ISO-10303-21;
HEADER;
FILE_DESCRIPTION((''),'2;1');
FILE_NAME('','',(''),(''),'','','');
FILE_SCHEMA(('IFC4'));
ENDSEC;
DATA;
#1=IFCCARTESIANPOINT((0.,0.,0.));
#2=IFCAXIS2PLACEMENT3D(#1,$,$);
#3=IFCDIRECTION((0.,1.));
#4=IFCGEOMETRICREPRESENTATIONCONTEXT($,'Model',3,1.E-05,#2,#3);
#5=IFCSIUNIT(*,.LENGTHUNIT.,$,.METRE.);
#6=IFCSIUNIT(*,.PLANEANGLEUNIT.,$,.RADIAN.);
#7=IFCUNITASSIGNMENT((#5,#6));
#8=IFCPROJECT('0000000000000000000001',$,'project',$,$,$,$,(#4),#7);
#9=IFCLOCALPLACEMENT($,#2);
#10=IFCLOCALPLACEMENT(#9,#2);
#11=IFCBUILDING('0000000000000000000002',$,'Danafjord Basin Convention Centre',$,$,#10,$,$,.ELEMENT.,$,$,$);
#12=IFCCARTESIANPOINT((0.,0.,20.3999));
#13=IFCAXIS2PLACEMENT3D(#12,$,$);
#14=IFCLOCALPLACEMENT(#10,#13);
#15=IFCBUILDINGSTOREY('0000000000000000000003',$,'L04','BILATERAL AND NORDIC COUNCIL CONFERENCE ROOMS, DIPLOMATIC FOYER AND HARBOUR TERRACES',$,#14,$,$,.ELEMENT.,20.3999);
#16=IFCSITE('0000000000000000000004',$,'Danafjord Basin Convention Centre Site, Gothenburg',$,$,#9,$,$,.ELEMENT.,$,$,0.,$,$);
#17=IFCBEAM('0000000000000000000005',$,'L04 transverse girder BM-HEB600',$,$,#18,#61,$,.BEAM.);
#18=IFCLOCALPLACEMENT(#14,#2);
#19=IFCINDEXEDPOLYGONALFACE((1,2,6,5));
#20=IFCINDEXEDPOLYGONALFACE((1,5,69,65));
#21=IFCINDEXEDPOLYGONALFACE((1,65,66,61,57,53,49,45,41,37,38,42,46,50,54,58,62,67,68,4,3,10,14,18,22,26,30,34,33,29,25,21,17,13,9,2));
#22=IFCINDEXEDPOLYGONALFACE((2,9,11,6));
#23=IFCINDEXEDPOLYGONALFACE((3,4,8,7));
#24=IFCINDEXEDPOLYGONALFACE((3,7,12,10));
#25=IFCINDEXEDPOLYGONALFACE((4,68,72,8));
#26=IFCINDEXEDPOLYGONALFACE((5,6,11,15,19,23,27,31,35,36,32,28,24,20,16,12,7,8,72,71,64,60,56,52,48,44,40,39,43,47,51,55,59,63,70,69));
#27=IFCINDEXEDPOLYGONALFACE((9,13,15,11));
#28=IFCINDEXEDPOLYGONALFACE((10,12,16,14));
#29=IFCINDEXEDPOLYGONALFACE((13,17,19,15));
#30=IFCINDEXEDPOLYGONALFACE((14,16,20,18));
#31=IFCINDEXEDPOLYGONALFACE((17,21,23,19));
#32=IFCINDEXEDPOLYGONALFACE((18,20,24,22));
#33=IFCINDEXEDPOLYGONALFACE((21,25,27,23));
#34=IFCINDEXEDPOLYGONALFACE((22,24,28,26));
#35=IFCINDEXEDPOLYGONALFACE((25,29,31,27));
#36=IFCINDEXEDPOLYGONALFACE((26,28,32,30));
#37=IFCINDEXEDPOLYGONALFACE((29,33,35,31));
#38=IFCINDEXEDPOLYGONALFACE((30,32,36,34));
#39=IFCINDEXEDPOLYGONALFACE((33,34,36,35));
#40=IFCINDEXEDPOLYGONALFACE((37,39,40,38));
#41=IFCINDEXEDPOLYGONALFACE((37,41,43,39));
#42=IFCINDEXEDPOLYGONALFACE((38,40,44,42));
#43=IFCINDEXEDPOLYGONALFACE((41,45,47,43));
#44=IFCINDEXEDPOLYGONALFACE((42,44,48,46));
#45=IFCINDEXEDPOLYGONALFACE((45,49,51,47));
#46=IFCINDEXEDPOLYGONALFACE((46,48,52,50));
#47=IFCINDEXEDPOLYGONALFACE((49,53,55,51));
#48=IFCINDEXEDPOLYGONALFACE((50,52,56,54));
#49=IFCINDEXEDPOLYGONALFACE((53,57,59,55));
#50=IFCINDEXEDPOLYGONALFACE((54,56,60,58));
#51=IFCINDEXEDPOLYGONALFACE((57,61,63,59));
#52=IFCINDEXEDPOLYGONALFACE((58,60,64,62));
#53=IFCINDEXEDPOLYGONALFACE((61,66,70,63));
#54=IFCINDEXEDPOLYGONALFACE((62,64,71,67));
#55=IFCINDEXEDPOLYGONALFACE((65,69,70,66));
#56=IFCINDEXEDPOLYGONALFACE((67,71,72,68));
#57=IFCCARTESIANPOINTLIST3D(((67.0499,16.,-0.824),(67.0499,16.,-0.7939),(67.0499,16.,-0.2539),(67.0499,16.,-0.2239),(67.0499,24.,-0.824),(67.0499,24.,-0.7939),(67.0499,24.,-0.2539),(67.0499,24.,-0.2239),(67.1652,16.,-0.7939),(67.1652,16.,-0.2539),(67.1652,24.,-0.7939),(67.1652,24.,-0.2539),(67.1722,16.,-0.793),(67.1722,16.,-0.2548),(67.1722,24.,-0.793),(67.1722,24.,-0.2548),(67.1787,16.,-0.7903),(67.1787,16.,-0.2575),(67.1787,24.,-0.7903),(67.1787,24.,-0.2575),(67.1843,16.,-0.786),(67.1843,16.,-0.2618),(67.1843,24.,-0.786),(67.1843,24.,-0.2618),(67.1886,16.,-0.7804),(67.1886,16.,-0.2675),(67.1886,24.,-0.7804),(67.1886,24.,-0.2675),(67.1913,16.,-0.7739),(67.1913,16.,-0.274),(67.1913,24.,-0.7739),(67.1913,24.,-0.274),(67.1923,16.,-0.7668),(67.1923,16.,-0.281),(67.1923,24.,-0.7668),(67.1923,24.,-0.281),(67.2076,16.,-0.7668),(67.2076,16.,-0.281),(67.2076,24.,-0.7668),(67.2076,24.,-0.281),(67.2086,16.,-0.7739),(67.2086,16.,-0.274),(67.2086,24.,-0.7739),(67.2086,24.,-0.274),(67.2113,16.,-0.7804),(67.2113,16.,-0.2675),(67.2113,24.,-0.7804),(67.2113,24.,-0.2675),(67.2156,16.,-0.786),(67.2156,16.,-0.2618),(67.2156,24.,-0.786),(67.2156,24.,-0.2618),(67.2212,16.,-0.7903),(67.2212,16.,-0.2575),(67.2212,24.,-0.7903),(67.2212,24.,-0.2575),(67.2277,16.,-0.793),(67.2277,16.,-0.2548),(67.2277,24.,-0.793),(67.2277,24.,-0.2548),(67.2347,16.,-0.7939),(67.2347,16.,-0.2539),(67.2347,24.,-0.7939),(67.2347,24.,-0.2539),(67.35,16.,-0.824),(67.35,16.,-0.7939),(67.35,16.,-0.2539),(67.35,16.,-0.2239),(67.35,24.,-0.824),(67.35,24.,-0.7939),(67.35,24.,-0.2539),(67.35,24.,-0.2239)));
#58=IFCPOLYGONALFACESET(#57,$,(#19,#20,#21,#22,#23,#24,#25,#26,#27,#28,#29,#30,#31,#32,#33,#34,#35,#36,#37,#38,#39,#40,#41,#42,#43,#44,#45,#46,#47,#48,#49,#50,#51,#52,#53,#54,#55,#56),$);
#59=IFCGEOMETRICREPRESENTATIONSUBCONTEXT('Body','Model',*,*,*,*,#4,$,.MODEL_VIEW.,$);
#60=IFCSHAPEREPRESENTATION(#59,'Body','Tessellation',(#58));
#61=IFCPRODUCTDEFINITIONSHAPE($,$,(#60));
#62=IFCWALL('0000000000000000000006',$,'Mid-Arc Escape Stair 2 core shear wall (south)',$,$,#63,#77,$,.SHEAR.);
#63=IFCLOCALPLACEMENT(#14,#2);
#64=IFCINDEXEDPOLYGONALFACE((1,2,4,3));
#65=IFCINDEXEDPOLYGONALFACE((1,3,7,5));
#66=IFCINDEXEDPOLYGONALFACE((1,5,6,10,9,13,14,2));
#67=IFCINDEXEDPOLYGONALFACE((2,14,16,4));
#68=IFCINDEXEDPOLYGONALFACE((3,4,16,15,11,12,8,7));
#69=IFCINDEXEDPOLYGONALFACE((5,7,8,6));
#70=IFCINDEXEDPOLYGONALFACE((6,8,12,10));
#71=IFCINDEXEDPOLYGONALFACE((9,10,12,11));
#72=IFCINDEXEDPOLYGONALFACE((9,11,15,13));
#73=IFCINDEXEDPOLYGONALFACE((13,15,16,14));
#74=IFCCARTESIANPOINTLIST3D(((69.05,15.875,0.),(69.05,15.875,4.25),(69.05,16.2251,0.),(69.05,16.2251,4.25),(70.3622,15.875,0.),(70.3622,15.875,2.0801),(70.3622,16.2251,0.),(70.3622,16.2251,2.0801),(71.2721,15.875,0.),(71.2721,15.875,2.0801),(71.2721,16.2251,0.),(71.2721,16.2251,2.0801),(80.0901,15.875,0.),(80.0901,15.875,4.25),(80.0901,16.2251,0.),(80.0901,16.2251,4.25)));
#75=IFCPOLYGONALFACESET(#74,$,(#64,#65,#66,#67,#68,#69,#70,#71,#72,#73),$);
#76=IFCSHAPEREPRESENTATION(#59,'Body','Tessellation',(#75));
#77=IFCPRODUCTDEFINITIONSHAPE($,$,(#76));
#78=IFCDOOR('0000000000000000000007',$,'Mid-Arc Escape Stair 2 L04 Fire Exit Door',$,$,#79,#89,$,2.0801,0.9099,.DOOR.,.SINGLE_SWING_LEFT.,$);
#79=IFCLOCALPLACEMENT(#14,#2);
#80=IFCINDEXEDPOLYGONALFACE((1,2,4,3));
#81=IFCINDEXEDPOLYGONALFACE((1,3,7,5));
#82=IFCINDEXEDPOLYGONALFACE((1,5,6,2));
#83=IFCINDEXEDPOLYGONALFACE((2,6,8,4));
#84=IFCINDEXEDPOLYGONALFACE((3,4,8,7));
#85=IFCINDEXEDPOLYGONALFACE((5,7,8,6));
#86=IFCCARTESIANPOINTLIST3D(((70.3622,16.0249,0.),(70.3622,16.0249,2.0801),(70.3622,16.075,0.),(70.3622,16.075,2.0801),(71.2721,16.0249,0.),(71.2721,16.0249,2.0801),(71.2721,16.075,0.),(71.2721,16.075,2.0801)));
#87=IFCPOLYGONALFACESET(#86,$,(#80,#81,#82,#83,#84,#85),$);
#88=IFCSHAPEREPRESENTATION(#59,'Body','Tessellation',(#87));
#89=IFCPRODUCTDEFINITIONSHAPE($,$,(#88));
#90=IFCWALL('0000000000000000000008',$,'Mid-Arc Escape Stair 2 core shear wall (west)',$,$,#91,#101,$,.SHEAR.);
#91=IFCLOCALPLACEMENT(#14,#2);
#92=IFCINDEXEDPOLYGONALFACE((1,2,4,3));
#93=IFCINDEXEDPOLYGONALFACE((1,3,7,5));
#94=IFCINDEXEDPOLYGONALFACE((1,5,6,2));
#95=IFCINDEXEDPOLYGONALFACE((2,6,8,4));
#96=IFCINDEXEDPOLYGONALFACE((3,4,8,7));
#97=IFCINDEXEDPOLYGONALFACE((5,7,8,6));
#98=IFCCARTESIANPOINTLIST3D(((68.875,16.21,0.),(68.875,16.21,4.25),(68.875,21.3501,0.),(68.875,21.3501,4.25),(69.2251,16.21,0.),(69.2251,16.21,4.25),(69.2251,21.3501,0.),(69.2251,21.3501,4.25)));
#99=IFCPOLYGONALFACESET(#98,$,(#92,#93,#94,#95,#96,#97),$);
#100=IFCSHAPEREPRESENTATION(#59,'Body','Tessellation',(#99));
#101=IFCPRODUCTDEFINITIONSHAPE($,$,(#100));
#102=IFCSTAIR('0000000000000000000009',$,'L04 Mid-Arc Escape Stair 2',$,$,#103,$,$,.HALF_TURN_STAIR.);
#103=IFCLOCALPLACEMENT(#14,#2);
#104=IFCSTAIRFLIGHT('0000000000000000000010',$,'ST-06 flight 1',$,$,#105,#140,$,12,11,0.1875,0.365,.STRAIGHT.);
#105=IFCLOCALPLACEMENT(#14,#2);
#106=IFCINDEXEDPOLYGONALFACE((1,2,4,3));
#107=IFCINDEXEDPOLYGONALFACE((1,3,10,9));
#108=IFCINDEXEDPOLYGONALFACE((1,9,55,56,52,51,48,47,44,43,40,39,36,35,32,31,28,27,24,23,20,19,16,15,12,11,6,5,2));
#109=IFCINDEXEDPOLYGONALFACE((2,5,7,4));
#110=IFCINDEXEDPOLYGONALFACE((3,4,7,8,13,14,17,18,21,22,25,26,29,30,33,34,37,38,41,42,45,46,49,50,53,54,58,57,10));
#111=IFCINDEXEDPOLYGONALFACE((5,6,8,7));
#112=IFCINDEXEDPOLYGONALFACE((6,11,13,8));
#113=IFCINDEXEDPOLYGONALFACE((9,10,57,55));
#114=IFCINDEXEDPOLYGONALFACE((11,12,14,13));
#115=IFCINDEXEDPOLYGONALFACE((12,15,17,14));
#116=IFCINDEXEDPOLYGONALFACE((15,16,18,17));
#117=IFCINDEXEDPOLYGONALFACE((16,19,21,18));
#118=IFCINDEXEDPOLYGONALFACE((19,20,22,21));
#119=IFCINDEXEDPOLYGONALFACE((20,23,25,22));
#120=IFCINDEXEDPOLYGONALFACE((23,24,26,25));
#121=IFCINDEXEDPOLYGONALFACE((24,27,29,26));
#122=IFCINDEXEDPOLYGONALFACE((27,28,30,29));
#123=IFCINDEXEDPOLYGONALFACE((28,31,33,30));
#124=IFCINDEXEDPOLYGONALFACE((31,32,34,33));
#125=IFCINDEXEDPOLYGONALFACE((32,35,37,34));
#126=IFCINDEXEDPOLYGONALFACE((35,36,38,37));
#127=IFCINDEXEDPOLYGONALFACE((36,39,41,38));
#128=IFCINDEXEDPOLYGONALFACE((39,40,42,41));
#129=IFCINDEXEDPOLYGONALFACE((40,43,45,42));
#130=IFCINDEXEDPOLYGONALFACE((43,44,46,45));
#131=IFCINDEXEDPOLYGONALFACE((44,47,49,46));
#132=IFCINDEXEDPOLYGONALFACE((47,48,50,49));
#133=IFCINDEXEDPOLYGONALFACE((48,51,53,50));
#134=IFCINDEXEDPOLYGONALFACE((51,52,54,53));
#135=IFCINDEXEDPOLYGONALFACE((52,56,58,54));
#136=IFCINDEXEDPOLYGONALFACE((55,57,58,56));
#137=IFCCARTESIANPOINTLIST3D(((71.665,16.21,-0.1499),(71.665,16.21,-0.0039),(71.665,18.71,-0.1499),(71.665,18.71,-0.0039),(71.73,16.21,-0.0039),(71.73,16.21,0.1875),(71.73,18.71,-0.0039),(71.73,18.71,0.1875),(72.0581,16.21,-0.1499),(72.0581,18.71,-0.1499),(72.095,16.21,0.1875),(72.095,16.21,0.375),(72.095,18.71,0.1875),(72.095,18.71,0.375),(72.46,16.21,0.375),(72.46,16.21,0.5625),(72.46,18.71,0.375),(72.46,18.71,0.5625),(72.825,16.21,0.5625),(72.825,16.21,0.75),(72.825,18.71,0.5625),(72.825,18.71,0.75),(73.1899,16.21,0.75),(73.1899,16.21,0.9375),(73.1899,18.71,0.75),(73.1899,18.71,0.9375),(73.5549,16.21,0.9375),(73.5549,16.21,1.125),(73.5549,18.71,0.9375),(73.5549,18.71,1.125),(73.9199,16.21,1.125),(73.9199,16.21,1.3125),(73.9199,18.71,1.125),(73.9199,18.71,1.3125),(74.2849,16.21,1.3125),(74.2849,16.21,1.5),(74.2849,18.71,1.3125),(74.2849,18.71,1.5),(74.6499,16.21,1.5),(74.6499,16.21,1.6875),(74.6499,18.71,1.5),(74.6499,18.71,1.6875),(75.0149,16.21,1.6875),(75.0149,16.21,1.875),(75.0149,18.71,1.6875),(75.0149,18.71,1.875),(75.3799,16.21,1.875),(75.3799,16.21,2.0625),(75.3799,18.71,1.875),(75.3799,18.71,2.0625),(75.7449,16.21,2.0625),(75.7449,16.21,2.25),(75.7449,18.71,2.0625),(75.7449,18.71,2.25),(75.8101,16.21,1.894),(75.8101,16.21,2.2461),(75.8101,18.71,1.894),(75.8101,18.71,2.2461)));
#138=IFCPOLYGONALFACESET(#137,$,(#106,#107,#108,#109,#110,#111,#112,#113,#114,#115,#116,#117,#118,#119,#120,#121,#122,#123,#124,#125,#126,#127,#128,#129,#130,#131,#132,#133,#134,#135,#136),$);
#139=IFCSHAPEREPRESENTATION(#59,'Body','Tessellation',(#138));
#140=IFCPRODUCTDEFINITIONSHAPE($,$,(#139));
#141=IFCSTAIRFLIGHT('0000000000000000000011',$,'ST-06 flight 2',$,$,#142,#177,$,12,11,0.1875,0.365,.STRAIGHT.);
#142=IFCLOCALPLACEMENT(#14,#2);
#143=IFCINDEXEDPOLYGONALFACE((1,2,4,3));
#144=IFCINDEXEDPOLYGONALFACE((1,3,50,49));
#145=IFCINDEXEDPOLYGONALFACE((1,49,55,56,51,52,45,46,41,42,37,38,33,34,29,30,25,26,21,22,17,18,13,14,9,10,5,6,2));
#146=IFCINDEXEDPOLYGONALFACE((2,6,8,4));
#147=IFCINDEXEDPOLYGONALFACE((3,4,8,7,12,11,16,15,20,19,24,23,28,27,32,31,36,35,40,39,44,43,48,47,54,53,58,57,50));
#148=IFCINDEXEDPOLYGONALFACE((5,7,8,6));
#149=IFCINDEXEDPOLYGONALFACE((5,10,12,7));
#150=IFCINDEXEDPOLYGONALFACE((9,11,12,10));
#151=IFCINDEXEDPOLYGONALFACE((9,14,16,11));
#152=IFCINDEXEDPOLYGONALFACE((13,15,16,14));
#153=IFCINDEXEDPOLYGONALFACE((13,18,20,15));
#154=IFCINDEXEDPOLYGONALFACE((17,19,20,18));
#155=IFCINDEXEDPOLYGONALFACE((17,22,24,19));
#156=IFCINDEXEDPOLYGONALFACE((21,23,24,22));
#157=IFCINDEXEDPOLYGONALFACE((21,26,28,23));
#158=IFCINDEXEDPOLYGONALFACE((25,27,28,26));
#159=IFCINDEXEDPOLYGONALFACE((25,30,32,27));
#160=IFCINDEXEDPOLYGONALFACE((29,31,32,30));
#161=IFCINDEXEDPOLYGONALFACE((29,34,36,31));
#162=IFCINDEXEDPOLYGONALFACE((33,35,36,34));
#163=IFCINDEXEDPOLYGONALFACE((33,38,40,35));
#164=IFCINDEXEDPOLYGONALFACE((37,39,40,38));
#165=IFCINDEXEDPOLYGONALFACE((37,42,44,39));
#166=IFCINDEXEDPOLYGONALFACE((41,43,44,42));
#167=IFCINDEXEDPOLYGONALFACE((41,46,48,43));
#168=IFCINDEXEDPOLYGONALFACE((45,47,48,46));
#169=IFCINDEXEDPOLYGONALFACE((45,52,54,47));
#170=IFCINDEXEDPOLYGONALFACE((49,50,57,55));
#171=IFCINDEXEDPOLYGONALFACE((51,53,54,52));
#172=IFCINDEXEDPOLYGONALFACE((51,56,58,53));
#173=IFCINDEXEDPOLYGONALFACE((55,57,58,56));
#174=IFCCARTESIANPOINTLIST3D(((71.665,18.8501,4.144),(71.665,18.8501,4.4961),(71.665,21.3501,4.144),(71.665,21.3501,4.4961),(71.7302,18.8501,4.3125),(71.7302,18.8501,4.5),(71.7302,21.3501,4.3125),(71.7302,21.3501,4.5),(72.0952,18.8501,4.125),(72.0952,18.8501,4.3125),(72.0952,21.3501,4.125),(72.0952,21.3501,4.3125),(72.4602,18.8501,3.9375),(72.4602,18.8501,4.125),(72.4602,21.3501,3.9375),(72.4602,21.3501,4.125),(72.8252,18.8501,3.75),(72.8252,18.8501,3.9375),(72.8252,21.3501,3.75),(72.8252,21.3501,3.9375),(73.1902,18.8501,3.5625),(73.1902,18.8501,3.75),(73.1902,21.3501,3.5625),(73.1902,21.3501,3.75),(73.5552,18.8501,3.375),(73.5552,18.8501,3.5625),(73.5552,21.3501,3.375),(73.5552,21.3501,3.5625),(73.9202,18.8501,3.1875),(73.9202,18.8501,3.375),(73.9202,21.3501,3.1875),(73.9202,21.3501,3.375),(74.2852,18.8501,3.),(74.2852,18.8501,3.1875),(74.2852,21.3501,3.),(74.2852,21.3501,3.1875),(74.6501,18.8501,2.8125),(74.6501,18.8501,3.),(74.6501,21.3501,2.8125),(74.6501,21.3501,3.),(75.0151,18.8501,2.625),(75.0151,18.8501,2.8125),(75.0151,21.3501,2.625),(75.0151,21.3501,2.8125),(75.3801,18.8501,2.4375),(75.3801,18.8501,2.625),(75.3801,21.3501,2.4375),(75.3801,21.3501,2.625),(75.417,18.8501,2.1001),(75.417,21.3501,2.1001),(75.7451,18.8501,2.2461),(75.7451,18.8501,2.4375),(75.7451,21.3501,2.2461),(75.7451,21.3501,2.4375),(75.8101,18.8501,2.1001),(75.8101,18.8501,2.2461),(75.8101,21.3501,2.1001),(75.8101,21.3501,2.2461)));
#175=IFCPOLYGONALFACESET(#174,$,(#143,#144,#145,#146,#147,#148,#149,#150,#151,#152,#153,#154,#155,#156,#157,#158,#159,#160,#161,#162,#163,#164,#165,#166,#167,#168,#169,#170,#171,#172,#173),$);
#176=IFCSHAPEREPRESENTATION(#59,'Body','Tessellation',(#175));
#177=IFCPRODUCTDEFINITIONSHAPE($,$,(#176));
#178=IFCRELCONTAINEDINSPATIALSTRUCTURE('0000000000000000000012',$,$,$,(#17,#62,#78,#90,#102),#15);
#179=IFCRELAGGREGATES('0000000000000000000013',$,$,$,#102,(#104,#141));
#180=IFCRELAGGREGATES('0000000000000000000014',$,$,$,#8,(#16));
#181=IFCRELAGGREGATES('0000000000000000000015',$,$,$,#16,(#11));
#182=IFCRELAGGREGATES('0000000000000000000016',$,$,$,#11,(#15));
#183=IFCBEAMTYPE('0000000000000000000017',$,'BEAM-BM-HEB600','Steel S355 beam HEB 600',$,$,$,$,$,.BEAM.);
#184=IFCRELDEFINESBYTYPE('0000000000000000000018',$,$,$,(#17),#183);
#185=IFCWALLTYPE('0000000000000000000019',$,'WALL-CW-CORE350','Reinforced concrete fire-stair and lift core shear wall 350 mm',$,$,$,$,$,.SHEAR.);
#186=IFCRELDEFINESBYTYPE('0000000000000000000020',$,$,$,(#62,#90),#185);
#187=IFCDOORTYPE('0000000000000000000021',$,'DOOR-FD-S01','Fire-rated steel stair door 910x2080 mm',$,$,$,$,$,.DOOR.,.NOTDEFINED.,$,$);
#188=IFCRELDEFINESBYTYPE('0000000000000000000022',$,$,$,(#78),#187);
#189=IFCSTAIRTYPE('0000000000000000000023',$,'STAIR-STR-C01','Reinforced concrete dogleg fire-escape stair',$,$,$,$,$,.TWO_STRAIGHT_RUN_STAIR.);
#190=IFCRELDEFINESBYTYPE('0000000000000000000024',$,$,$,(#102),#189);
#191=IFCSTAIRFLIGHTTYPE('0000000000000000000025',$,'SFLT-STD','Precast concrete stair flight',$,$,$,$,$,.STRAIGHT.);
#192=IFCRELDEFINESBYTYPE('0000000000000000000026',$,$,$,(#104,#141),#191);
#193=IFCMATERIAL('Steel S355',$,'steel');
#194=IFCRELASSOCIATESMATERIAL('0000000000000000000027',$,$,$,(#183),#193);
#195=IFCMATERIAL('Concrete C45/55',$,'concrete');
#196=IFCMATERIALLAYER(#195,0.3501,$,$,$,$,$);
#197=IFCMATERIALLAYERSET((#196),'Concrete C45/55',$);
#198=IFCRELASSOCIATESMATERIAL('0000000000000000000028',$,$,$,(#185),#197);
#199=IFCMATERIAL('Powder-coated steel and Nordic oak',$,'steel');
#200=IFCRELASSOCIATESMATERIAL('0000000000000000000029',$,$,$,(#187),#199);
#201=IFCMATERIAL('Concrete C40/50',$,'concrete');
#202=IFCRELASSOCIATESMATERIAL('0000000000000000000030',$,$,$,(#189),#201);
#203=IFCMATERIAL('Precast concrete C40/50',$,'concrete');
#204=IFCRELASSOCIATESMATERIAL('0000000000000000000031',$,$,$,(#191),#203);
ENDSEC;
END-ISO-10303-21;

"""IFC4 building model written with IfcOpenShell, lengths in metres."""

from ifc_helpers import new_model, si_unit, direction, frame, frame_2d, origin, origin_2d, place, context, subcontext, project, spatial, polyline, rectangle, i_section, outline, extrude, material, layer, layer_set, material_profile, profile_set, type_object, element, fill, aggregate, save


model = new_model("IFC4")

# Units and contexts
model_context = context("Model", 3, precision=1e-05, world=origin(), true_north=direction((0.0, 1.0)))
body_context = subcontext(model_context, "Body", "Model", "MODEL_VIEW")
ifc_project = project(units=[si_unit("LENGTHUNIT", "METRE"), si_unit("PLANEANGLEUNIT", "RADIAN")], contexts=[model_context])

# Site, building, storey
site_placement = place(None, origin())
site = spatial("IfcSite", under=ifc_project, at=site_placement, Name="Danafjord Basin Convention Centre Site, Gothenburg", CompositionType="ELEMENT", RefElevation=0.0)
building_placement = place(site_placement, origin())
building = spatial("IfcBuilding", under=site, at=building_placement, Name="Danafjord Basin Convention Centre", CompositionType="ELEMENT")
storey_placement = place(building_placement, frame((0.0, 0.0, 20.3999)))
storey = spatial("IfcBuildingStorey", under=building, at=storey_placement, Name="L04", Description="BILATERAL AND NORDIC COUNCIL CONFERENCE ROOMS, DIPLOMATIC FOYER AND HARBOUR TERRACES", CompositionType="ELEMENT", Elevation=20.3999)

# Shared definitions
ifc_material_1 = material(Name="Steel S355", Category="steel")

# Beam
ifc_material_profile_1 = material_profile(ifc_material_1, i_section(OverallWidth=0.3, OverallDepth=0.6001, WebThickness=0.0154, FlangeThickness=0.03, FilletRadius=0.0271, at=origin_2d()), Name="HEB 600")
ifc_profile_set_1 = profile_set([ifc_material_profile_1], Name="Steel S355")
beam_type_1 = type_object("IfcBeamType", Name="BEAM-BM-HEB600", Description="Steel S355 beam HEB 600", PredefinedType="BEAM", material=ifc_profile_set_1)
beam_1_placement = place(storey_placement, frame((67.2, 16.0, -0.5239), z_axis=(0.0, 1.0, 0.0), x_axis=(-1.0, 0.0, 0.0)))
element("IfcBeam", 1, at=beam_1_placement, inside=storey, type_object=beam_type_1, Name="L04 transverse girder BM-HEB600", PredefinedType="BEAM", context=body_context, shape_type="SweptSolid", body=[
    extrude(i_section(OverallWidth=0.3, OverallDepth=0.6001, WebThickness=0.0154, FlangeThickness=0.03, FilletRadius=0.0271, at=origin_2d()), origin(), (0.0, 0.0, 1.0), 8.0),
])

# Wall, opening, door
ifc_material_2 = material(Name="Concrete C45/55", Category="concrete")
ifc_layer = layer(ifc_material_2, 0.3501)
ifc_layer_set = layer_set([ifc_layer], Name="Concrete C45/55")
wall_type = type_object("IfcWallType", Name="WALL-CW-CORE350", Description="Reinforced concrete fire-stair and lift core shear wall 350 mm", PredefinedType="SHEAR", material=ifc_layer_set)
wall_1_placement = place(storey_placement, frame((69.05, 16.05, 0.0), z_axis=(0.0, 0.0, 1.0), x_axis=(1.0, 0.0, 0.0)))
wall_1 = element("IfcWall", 2, at=wall_1_placement, inside=storey, type_object=wall_type, Name="Mid-Arc Escape Stair 2 core shear wall (south)", PredefinedType="SHEAR", context=body_context, shape_type="SweptSolid", body=[
    extrude(rectangle(XDim=11.04, YDim=0.3501, at=frame_2d((5.52, 0.0))), origin(), (0.0, 0.0, 1.0), 4.25),
])
opening_placement = place(wall_1_placement, frame((1.312, 0.0, 0.0)))
opening = element("IfcOpeningElement", 3, at=opening_placement, cuts=wall_1, PredefinedType="OPENING", context=body_context, shape_type="SweptSolid", body=[
    extrude(rectangle(XDim=0.9099, YDim=2.0801, at=frame_2d((0.4551, 1.04))), frame((0.0, 0.1851, 0.0), z_axis=(0.0, -1.0, 0.0), x_axis=(1.0, 0.0, 0.0)), (0.0, 0.0, 1.0), 0.3701),
])
ifc_material_3 = material(Name="Powder-coated steel and Nordic oak", Category="steel")
door_type = type_object("IfcDoorType", Name="DOOR-FD-S01", Description="Fire-rated steel stair door 910x2080 mm", OperationType="NOTDEFINED", PredefinedType="DOOR", material=ifc_material_3)
door_placement = place(opening_placement, origin())
door = element("IfcDoor", 4, at=door_placement, inside=storey, type_object=door_type, Name="Mid-Arc Escape Stair 2 L04 Fire Exit Door", OperationType="SINGLE_SWING_LEFT", OverallHeight=2.0801, OverallWidth=0.9099, PredefinedType="DOOR", context=body_context, shape_type="SweptSolid", body=[
    extrude(rectangle(XDim=0.9099, YDim=2.0801, at=frame_2d((0.4551, 1.04))), frame((0.0, 0.0249, 0.0), z_axis=(0.0, -1.0, 0.0), x_axis=(1.0, 0.0, 0.0)), (0.0, 0.0, 1.0), 0.05),
])
fill(opening, door)

# Wall
wall_2_placement = place(storey_placement, frame((69.05, 21.3501, 0.0), z_axis=(0.0, 0.0, 1.0), x_axis=(0.0, -1.0, 0.0)))
element("IfcWall", 5, at=wall_2_placement, inside=storey, type_object=wall_type, Name="Mid-Arc Escape Stair 2 core shear wall (west)", PredefinedType="SHEAR", context=body_context, shape_type="SweptSolid", body=[
    extrude(rectangle(XDim=5.1401, YDim=0.3501, at=frame_2d((2.5701, 0.0))), origin(), (0.0, 0.0, 1.0), 4.25),
])

# Stair, stair flights
ifc_material_4 = material(Name="Concrete C40/50", Category="concrete")
stair_type = type_object("IfcStairType", Name="STAIR-STR-C01", Description="Reinforced concrete dogleg fire-escape stair", PredefinedType="TWO_STRAIGHT_RUN_STAIR", material=ifc_material_4)
stair_placement = place(storey_placement, origin())
stair = element("IfcStair", 6, at=stair_placement, inside=storey, type_object=stair_type, Name="L04 Mid-Arc Escape Stair 2", PredefinedType="HALF_TURN_STAIR")
ifc_material_5 = material(Name="Precast concrete C40/50", Category="concrete")
stair_flight_type = type_object("IfcStairFlightType", Name="SFLT-STD", Description="Precast concrete stair flight", PredefinedType="STRAIGHT", material=ifc_material_5)
stair_flight_1_placement = place(storey_placement, frame((71.73, 17.46, 0.0), z_axis=(0.0, 0.0, 1.0), x_axis=(1.0, 0.0, 0.0)))
stair_flight_1 = element("IfcStairFlight", 7, at=stair_flight_1_placement, type_object=stair_flight_type, Name="ST-06 flight 1", NumberOfRisers=12, NumberOfTreads=11, PredefinedType="STRAIGHT", RiserHeight=0.1875, TreadLength=0.365, context=body_context, shape_type="SweptSolid", body=[
    extrude(outline(polyline([(-0.0649, -0.1499), (-0.0649, -0.0039), (0.0, -0.0039), (0.0, 0.1875), (0.365, 0.1875), (0.365, 0.375), (0.73, 0.375), (0.73, 0.5625), (1.095, 0.5625), (1.095, 0.75), (1.46, 0.75), (1.46, 0.9375), (1.825, 0.9375), (1.825, 1.125), (2.1899, 1.125), (2.1899, 1.3125), (2.5549, 1.3125), (2.5549, 1.5), (2.9199, 1.5), (2.9199, 1.6875), (3.2849, 1.6875), (3.2849, 1.875), (3.6499, 1.875), (3.6499, 2.0625), (4.0149, 2.0625), (4.0149, 2.25), (4.0801, 2.2461), (4.0801, 1.894), (0.3281, -0.1499), (-0.0649, -0.1499)])), frame((0.0, 1.25, 0.0), z_axis=(0.0, -1.0, 0.0), x_axis=(1.0, 0.0, 0.0)), (0.0, 0.0, 1.0), 2.5),
])
stair_flight_2_placement = place(storey_placement, frame((75.7451, 20.1001, 2.25), z_axis=(0.0, 0.0, 1.0), x_axis=(-1.0, 0.0, 0.0)))
stair_flight_2 = element("IfcStairFlight", 8, at=stair_flight_2_placement, type_object=stair_flight_type, Name="ST-06 flight 2", NumberOfRisers=12, NumberOfTreads=11, PredefinedType="STRAIGHT", RiserHeight=0.1875, TreadLength=0.365, context=body_context, shape_type="SweptSolid", body=[
    extrude(outline(polyline([(-0.0649, -0.1499), (-0.0649, -0.0039), (0.0, -0.0039), (0.0, 0.1875), (0.365, 0.1875), (0.365, 0.375), (0.73, 0.375), (0.73, 0.5625), (1.095, 0.5625), (1.095, 0.75), (1.46, 0.75), (1.46, 0.9375), (1.825, 0.9375), (1.825, 1.125), (2.1899, 1.125), (2.1899, 1.3125), (2.5549, 1.3125), (2.5549, 1.5), (2.9199, 1.5), (2.9199, 1.6875), (3.2849, 1.6875), (3.2849, 1.875), (3.6499, 1.875), (3.6499, 2.0625), (4.0149, 2.0625), (4.0149, 2.25), (4.0801, 2.2461), (4.0801, 1.894), (0.3281, -0.1499), (-0.0649, -0.1499)])), frame((0.0, 1.25, 0.0), z_axis=(0.0, -1.0, 0.0), x_axis=(1.0, 0.0, 0.0)), (0.0, 0.0, 1.0), 2.5),
])
aggregate(stair, [stair_flight_1, stair_flight_2])

save(model, "model.ifc")
